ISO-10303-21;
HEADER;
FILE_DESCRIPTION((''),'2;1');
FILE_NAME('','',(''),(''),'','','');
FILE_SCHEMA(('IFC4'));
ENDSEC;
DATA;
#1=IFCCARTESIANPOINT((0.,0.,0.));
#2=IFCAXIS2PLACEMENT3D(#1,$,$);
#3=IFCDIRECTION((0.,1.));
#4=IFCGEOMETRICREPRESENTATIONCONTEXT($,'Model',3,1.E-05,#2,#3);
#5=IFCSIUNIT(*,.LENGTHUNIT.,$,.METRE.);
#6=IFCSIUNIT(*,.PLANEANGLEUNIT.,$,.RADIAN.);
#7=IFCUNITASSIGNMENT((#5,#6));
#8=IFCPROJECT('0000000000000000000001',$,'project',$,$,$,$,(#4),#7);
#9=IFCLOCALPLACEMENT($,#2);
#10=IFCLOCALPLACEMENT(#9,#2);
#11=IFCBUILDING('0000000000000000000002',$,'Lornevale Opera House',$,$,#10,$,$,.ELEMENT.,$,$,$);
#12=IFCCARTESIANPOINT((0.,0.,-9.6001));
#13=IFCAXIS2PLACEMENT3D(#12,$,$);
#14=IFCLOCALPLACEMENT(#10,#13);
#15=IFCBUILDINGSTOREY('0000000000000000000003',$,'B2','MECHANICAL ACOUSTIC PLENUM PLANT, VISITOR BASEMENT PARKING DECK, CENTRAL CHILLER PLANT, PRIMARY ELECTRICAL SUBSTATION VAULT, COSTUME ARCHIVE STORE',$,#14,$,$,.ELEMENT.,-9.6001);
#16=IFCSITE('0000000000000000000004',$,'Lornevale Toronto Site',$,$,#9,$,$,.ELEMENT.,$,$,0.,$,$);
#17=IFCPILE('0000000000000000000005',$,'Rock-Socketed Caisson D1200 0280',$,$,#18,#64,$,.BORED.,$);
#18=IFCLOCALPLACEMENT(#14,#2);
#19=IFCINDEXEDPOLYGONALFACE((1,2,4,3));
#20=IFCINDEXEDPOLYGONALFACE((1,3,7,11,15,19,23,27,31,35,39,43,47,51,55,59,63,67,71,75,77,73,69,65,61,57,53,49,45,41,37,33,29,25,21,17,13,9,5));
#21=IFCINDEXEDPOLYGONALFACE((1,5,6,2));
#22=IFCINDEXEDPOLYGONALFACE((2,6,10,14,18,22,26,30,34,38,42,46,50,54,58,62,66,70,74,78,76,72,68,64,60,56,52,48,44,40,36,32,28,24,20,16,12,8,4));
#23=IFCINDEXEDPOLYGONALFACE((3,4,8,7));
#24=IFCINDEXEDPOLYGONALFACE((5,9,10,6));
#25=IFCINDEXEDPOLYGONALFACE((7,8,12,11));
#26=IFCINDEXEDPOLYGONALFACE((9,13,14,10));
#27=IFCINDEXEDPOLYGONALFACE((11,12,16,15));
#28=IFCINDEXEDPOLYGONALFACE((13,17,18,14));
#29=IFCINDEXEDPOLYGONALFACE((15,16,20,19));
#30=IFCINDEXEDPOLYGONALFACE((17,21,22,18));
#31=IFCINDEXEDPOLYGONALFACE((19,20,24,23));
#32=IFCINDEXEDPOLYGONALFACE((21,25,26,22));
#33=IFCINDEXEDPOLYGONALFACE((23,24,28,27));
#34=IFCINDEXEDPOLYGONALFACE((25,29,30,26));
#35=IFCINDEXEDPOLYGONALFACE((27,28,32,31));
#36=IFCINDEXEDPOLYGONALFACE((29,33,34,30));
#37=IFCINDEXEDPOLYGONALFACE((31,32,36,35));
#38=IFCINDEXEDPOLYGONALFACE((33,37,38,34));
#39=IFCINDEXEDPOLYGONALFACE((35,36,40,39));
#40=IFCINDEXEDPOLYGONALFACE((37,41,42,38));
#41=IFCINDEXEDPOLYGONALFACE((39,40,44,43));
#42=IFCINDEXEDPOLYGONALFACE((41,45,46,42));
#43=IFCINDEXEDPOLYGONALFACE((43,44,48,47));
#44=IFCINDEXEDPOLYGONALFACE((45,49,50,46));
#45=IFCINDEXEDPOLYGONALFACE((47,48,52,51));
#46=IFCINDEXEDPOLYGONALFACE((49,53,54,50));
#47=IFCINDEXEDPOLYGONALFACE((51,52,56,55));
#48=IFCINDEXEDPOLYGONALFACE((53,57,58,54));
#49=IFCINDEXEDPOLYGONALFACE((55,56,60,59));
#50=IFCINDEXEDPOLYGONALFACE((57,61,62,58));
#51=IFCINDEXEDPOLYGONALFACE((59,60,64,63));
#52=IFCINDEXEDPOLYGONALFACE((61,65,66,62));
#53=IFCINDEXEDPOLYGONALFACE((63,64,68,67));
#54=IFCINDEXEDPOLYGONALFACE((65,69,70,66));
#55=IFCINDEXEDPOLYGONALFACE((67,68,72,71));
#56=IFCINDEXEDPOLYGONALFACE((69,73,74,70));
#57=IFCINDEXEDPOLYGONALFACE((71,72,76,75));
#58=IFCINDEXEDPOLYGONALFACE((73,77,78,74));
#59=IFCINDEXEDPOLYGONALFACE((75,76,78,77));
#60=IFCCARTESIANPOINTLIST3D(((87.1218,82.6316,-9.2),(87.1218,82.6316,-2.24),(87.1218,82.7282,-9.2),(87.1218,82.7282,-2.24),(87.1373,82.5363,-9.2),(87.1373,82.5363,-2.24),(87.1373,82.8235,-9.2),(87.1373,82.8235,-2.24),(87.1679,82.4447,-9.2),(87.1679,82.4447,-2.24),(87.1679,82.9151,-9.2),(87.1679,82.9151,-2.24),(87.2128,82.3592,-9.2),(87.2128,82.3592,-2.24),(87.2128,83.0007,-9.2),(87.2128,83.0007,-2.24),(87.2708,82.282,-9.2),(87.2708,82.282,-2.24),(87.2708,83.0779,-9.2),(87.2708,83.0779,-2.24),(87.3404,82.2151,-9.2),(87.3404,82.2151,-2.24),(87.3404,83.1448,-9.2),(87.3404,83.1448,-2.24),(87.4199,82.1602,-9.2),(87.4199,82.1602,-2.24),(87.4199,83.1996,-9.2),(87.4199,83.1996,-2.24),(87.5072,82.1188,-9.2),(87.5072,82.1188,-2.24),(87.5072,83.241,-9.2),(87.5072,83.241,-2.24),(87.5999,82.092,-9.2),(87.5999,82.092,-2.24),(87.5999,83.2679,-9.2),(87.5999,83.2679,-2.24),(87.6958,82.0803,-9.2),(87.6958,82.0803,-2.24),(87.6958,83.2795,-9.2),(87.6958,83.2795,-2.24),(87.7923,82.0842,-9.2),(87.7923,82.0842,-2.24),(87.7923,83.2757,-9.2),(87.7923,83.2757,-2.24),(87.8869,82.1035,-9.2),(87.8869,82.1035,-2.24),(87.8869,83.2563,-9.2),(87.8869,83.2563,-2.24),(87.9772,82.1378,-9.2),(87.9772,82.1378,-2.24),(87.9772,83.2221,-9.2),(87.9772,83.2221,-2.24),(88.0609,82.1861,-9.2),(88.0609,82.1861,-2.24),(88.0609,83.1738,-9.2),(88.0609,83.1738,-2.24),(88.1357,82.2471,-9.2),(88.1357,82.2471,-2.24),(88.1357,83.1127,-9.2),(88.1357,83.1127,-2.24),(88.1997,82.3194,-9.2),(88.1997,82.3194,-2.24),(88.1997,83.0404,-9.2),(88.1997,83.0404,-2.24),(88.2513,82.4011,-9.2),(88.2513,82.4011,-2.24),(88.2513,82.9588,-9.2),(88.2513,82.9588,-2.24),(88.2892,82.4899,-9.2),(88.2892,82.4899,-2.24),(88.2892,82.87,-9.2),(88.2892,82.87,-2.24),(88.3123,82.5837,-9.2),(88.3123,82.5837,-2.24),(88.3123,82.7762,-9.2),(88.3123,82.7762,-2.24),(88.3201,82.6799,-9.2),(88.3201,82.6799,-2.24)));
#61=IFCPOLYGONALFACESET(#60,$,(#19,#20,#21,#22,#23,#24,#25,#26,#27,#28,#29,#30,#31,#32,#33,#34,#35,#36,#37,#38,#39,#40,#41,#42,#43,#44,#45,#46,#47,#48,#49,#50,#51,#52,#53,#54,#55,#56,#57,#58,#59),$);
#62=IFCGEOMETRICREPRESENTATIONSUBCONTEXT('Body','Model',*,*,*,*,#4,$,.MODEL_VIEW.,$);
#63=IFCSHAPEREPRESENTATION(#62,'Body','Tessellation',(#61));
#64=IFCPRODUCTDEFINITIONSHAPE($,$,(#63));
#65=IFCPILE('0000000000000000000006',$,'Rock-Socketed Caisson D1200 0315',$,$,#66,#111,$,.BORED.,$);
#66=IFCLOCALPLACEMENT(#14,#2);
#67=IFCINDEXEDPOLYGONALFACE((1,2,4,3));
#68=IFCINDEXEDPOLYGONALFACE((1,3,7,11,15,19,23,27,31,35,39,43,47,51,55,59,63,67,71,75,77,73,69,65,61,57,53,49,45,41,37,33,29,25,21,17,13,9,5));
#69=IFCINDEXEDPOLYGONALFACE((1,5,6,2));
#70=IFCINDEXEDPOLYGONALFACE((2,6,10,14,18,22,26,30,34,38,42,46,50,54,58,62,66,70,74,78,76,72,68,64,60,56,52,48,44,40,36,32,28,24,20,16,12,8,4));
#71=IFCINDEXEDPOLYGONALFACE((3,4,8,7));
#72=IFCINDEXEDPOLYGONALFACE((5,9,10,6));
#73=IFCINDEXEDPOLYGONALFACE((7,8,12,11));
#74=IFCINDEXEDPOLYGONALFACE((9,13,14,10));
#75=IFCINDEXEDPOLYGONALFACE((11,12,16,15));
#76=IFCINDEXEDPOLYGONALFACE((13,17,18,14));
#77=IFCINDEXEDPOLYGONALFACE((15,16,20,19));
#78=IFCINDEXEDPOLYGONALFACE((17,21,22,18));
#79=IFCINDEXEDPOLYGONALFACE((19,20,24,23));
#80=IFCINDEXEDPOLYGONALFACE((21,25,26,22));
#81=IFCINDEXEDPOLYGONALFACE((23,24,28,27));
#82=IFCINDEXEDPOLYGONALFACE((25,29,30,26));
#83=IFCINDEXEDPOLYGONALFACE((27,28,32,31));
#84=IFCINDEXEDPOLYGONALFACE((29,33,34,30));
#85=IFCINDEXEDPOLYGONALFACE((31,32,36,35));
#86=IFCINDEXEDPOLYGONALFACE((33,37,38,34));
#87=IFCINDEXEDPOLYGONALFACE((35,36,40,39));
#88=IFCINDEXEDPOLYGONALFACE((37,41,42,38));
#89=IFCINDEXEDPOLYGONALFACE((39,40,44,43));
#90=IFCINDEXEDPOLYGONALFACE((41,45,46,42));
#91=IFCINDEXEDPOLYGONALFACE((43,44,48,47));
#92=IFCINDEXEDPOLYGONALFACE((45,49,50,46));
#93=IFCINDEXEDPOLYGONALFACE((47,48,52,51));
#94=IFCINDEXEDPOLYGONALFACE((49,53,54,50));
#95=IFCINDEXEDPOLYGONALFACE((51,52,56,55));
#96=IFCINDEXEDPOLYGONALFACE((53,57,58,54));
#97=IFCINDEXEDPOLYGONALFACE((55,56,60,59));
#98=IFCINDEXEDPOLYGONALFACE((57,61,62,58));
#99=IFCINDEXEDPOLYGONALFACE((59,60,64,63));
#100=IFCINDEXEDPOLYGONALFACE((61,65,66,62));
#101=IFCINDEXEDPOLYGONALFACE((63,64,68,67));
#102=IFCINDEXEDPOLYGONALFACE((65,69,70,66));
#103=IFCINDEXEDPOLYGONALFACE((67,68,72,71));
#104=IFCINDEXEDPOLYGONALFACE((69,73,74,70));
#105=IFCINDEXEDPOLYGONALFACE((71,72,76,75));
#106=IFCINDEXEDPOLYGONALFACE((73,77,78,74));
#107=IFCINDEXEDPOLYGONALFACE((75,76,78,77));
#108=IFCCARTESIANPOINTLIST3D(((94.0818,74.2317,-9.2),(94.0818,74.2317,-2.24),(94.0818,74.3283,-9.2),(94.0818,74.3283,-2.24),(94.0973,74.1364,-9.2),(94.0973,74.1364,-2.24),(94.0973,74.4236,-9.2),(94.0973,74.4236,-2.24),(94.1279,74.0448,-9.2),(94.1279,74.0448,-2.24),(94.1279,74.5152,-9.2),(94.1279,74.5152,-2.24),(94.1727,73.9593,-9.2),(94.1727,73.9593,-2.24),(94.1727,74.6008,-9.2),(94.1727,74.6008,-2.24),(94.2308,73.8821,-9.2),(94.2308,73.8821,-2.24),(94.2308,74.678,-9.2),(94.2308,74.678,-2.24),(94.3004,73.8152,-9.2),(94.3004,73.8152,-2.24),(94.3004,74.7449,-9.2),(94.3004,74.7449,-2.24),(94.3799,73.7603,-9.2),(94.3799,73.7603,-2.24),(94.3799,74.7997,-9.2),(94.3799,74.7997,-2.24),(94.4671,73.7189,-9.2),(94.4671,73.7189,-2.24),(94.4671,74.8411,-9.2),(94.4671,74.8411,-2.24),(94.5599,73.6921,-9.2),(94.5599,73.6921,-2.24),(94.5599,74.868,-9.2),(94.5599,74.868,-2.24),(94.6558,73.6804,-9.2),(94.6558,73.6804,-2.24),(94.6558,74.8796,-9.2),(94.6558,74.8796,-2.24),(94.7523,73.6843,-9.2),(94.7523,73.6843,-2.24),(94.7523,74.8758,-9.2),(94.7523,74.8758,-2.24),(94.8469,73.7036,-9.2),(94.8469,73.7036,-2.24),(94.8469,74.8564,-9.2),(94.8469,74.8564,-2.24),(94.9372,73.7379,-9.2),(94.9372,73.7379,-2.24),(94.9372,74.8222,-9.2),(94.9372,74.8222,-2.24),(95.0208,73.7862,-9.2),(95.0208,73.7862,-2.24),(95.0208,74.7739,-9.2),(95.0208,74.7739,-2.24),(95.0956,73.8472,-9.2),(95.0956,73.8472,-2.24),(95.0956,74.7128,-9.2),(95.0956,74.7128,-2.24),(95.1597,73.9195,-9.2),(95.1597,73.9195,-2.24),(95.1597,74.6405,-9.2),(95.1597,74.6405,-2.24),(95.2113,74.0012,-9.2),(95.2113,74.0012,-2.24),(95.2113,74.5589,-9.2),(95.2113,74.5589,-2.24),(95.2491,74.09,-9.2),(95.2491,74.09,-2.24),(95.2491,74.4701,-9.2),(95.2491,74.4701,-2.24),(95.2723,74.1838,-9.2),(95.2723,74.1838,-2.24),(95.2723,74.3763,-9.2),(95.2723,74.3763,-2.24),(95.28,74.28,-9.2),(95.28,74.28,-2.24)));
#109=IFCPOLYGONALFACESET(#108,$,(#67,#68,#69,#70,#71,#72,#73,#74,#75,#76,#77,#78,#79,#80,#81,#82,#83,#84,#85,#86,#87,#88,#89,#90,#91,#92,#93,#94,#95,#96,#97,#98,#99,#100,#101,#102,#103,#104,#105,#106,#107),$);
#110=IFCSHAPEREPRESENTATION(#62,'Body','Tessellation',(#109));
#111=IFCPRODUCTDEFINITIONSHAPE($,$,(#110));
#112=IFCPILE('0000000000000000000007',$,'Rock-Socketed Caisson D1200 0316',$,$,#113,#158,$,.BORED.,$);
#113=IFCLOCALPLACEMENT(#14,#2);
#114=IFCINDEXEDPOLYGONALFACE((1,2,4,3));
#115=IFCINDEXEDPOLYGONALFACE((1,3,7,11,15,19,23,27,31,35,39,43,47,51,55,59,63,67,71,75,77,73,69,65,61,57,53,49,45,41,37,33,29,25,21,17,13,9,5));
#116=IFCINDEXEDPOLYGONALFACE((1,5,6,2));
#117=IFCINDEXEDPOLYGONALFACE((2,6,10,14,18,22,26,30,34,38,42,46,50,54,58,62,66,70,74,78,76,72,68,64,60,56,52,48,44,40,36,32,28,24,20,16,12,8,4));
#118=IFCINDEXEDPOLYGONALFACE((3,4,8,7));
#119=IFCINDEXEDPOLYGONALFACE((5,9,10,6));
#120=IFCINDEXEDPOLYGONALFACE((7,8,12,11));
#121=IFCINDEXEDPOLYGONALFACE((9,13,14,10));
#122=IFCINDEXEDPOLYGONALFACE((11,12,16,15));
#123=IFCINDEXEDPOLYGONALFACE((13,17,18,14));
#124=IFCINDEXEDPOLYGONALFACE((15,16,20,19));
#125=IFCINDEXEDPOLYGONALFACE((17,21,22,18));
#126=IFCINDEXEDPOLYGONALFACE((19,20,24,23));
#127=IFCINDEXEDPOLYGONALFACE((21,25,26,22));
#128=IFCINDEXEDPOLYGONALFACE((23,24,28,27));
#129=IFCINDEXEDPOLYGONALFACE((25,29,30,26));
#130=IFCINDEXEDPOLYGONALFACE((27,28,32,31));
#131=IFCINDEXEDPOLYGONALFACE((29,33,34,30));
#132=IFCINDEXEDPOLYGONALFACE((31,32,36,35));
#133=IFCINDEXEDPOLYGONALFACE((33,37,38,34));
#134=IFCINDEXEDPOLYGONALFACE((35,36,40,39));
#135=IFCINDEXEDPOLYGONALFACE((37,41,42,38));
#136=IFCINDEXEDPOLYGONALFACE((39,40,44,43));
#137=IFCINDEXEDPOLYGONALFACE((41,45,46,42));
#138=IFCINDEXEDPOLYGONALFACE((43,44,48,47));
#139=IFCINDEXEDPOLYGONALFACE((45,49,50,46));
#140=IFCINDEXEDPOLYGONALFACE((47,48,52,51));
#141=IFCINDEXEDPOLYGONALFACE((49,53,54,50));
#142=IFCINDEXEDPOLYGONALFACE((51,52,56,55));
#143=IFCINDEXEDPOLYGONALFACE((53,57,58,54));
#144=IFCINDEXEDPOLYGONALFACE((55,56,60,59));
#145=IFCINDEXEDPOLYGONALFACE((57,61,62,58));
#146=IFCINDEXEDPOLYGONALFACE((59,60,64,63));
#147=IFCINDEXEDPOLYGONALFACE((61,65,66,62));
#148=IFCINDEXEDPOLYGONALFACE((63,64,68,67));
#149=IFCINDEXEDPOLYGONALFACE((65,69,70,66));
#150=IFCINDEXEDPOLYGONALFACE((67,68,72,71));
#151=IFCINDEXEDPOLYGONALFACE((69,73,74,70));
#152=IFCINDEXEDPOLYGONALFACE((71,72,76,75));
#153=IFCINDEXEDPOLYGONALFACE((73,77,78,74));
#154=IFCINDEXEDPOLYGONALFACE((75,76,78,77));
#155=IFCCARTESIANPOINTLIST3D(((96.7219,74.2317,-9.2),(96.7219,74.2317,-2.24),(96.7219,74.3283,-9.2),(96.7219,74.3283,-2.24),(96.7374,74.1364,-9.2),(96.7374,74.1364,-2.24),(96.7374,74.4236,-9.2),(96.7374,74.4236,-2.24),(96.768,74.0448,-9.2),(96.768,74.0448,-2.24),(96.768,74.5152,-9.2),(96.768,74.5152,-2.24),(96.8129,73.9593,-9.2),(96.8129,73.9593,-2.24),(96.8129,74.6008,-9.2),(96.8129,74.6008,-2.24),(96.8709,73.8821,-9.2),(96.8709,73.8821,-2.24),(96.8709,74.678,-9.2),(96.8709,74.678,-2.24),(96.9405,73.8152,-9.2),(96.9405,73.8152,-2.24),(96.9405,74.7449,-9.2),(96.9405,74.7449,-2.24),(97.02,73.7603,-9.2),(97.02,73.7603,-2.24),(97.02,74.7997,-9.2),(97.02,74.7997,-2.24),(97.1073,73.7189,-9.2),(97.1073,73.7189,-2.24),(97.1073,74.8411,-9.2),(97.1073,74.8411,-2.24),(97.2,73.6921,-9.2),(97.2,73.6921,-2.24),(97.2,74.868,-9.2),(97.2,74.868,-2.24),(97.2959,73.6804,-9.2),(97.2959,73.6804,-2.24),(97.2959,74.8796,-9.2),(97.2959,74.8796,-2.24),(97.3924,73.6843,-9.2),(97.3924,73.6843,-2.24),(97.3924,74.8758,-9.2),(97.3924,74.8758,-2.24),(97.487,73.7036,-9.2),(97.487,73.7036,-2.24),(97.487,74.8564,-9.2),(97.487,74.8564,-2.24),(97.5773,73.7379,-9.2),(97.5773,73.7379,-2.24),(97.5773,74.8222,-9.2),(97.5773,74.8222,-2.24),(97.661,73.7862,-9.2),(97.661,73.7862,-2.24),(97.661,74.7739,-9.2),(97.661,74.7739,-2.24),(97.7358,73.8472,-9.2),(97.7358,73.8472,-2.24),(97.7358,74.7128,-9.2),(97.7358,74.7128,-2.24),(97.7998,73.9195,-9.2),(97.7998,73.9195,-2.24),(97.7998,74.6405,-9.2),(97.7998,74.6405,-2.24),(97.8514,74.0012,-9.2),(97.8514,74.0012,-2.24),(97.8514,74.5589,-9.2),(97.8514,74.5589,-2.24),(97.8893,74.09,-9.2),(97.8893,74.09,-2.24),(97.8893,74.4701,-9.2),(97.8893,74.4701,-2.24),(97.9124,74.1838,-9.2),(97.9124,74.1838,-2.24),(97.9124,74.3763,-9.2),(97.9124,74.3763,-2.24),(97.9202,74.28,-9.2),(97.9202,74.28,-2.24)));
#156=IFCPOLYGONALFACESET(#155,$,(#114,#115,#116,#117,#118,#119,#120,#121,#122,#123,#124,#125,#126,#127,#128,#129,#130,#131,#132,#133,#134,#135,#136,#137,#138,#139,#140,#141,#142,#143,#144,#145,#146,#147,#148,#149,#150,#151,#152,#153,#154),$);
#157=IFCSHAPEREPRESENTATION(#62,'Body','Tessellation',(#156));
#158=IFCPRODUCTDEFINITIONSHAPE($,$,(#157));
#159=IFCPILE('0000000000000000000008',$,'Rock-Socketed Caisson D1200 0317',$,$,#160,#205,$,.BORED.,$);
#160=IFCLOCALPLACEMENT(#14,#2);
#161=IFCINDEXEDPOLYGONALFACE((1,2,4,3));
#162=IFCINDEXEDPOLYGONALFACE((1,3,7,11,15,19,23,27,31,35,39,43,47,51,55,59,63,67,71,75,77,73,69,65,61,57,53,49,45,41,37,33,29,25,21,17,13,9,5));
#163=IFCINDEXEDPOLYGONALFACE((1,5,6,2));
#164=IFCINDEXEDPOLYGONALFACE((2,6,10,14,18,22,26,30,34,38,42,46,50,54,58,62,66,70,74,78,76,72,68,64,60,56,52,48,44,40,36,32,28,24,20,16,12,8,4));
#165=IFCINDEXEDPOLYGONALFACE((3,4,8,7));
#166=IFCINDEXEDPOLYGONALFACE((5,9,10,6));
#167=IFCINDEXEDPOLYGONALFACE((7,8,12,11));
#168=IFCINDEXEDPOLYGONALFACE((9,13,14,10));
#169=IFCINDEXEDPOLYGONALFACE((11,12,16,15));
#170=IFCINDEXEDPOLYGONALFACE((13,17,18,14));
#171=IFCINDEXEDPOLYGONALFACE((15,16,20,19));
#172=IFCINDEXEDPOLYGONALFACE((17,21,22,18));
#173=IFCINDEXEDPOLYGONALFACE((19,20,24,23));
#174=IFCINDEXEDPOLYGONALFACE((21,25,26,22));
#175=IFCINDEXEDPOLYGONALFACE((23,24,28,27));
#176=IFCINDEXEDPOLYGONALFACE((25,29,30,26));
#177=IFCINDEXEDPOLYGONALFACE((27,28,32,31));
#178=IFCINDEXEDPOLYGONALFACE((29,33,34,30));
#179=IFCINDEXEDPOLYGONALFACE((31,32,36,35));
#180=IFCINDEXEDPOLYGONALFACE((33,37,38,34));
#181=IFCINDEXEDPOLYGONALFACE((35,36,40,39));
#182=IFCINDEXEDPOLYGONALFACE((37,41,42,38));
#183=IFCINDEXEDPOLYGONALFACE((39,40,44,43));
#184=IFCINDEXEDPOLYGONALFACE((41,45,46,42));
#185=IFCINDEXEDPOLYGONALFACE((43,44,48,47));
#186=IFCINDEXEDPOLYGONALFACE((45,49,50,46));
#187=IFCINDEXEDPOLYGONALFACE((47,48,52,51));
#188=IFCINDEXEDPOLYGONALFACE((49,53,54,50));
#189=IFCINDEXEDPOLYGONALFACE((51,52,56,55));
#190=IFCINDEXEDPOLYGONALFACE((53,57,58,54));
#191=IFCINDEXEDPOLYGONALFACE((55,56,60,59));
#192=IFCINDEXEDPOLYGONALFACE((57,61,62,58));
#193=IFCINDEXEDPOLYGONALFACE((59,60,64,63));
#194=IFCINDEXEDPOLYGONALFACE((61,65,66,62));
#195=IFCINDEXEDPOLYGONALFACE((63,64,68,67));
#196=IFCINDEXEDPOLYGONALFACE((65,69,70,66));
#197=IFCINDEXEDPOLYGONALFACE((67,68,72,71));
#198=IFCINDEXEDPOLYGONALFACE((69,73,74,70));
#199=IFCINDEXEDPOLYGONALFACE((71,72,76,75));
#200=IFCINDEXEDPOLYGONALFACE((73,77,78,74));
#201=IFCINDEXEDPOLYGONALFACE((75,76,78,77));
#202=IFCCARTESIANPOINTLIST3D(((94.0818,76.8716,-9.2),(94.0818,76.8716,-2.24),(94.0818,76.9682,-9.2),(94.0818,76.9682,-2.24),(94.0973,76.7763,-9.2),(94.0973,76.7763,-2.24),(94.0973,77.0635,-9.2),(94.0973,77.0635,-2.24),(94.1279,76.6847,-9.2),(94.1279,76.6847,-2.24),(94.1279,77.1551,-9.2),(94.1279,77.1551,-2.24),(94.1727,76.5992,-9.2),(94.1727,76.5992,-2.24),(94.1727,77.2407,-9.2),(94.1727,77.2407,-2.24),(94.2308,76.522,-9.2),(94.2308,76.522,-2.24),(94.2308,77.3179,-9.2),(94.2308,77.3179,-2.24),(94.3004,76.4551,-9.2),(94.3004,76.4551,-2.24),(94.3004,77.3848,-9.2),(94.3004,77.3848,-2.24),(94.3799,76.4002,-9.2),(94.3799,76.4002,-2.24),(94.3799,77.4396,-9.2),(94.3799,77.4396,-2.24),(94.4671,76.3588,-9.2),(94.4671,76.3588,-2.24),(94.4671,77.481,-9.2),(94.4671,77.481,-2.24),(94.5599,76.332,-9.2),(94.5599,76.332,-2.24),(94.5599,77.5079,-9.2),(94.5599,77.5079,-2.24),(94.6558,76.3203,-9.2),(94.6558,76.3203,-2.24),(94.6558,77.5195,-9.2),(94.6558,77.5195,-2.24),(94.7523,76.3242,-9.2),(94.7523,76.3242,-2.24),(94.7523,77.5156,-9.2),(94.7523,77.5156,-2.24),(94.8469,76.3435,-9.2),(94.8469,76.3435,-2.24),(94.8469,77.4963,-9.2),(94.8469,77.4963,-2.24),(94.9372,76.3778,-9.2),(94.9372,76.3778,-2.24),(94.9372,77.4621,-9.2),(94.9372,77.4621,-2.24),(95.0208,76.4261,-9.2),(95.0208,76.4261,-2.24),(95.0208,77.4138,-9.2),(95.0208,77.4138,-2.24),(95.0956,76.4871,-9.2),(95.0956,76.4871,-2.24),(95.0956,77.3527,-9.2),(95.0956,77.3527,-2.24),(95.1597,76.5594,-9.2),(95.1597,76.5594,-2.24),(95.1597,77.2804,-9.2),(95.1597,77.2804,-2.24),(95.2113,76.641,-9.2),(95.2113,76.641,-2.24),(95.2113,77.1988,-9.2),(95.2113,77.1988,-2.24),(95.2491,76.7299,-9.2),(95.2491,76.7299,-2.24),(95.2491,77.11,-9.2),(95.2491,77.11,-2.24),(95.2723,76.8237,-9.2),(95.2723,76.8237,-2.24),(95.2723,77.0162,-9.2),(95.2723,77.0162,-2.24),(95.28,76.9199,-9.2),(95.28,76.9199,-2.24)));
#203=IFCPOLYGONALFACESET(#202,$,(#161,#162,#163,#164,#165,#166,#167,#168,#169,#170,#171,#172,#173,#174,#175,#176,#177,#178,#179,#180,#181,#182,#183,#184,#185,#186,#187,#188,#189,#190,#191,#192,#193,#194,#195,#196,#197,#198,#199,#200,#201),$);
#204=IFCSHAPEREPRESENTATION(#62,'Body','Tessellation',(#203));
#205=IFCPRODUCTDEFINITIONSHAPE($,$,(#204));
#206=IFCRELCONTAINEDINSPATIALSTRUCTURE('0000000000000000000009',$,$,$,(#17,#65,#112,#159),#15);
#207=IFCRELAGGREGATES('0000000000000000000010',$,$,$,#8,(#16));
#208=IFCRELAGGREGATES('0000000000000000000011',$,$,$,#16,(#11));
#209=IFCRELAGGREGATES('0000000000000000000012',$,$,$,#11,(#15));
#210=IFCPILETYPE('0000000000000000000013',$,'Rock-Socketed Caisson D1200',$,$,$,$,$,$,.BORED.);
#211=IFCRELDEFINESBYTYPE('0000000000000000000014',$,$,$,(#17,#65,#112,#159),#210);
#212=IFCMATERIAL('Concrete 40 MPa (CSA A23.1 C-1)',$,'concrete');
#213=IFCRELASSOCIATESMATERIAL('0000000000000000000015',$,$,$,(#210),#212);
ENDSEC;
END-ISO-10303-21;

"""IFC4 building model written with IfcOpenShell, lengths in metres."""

from ifc_helpers import new_model, si_unit, direction, frame, origin, origin_2d, place, context, subcontext, project, spatial, circle, extrude, material, material_profile, profile_set, type_object, element, save


model = new_model("IFC4")

# Units and contexts
model_context = context("Model", 3, precision=1e-05, world=origin(), true_north=direction((0.0, 1.0)))
body_context = subcontext(model_context, "Body", "Model", "MODEL_VIEW")
ifc_project = project(units=[si_unit("LENGTHUNIT", "METRE"), si_unit("PLANEANGLEUNIT", "RADIAN")], contexts=[model_context])

# Site, building, storey
site_placement = place(None, origin())
site = spatial("IfcSite", under=ifc_project, at=site_placement, Name="Lornevale Toronto Site", CompositionType="ELEMENT", RefElevation=0.0)
building_placement = place(site_placement, origin())
building = spatial("IfcBuilding", under=site, at=building_placement, Name="Lornevale Opera House", CompositionType="ELEMENT")
storey_placement = place(building_placement, frame((0.0, 0.0, -9.6001)))
storey = spatial("IfcBuildingStorey", under=building, at=storey_placement, Name="B2", Description="MECHANICAL ACOUSTIC PLENUM PLANT, VISITOR BASEMENT PARKING DECK, CENTRAL CHILLER PLANT, PRIMARY ELECTRICAL SUBSTATION VAULT, COSTUME ARCHIVE STORE", CompositionType="ELEMENT", Elevation=-9.6001)

# Piles
ifc_material_1 = material(Name="Concrete 40 MPa (CSA A23.1 C-1)", Category="concrete")
ifc_material_profile_1 = material_profile(ifc_material_1, circle(Radius=0.6001, at=origin_2d()), Name="CAIS1200")
ifc_profile_set_1 = profile_set([ifc_material_profile_1], Name="Concrete 40 MPa (CSA A23.1 C-1)")
pile_type_1 = type_object("IfcPileType", Name="Rock-Socketed Caisson D1200", PredefinedType="BORED", material=ifc_profile_set_1)
for number, where, z_axis, x_axis, name in (
    (1, (87.72, 82.6799, -2.24), (0.0, 0.0, -1.0), (1.0, 0.0, 0.0), "Rock-Socketed Caisson D1200 0280"),
    (2, (94.6799, 74.28, -2.24), (0.0, 0.0, -1.0), (1.0, 0.0, 0.0), "Rock-Socketed Caisson D1200 0315"),
    (3, (97.3201, 74.28, -2.24), (0.0, 0.0, -1.0), (1.0, 0.0, 0.0), "Rock-Socketed Caisson D1200 0316"),
    (4, (94.6799, 76.9199, -2.24), (0.0, 0.0, -1.0), (1.0, 0.0, 0.0), "Rock-Socketed Caisson D1200 0317"),
):
    element("IfcPile", number, at=place(storey_placement, frame(where, z_axis=z_axis, x_axis=x_axis)), inside=storey, type_object=pile_type_1, Name=name, PredefinedType="BORED", context=body_context, shape_type="SweptSolid", body=[
        extrude(circle(Radius=0.6001, at=origin_2d()), origin(), (0.0, 0.0, 1.0), 6.96),
    ])

save(model, "model.ifc")
